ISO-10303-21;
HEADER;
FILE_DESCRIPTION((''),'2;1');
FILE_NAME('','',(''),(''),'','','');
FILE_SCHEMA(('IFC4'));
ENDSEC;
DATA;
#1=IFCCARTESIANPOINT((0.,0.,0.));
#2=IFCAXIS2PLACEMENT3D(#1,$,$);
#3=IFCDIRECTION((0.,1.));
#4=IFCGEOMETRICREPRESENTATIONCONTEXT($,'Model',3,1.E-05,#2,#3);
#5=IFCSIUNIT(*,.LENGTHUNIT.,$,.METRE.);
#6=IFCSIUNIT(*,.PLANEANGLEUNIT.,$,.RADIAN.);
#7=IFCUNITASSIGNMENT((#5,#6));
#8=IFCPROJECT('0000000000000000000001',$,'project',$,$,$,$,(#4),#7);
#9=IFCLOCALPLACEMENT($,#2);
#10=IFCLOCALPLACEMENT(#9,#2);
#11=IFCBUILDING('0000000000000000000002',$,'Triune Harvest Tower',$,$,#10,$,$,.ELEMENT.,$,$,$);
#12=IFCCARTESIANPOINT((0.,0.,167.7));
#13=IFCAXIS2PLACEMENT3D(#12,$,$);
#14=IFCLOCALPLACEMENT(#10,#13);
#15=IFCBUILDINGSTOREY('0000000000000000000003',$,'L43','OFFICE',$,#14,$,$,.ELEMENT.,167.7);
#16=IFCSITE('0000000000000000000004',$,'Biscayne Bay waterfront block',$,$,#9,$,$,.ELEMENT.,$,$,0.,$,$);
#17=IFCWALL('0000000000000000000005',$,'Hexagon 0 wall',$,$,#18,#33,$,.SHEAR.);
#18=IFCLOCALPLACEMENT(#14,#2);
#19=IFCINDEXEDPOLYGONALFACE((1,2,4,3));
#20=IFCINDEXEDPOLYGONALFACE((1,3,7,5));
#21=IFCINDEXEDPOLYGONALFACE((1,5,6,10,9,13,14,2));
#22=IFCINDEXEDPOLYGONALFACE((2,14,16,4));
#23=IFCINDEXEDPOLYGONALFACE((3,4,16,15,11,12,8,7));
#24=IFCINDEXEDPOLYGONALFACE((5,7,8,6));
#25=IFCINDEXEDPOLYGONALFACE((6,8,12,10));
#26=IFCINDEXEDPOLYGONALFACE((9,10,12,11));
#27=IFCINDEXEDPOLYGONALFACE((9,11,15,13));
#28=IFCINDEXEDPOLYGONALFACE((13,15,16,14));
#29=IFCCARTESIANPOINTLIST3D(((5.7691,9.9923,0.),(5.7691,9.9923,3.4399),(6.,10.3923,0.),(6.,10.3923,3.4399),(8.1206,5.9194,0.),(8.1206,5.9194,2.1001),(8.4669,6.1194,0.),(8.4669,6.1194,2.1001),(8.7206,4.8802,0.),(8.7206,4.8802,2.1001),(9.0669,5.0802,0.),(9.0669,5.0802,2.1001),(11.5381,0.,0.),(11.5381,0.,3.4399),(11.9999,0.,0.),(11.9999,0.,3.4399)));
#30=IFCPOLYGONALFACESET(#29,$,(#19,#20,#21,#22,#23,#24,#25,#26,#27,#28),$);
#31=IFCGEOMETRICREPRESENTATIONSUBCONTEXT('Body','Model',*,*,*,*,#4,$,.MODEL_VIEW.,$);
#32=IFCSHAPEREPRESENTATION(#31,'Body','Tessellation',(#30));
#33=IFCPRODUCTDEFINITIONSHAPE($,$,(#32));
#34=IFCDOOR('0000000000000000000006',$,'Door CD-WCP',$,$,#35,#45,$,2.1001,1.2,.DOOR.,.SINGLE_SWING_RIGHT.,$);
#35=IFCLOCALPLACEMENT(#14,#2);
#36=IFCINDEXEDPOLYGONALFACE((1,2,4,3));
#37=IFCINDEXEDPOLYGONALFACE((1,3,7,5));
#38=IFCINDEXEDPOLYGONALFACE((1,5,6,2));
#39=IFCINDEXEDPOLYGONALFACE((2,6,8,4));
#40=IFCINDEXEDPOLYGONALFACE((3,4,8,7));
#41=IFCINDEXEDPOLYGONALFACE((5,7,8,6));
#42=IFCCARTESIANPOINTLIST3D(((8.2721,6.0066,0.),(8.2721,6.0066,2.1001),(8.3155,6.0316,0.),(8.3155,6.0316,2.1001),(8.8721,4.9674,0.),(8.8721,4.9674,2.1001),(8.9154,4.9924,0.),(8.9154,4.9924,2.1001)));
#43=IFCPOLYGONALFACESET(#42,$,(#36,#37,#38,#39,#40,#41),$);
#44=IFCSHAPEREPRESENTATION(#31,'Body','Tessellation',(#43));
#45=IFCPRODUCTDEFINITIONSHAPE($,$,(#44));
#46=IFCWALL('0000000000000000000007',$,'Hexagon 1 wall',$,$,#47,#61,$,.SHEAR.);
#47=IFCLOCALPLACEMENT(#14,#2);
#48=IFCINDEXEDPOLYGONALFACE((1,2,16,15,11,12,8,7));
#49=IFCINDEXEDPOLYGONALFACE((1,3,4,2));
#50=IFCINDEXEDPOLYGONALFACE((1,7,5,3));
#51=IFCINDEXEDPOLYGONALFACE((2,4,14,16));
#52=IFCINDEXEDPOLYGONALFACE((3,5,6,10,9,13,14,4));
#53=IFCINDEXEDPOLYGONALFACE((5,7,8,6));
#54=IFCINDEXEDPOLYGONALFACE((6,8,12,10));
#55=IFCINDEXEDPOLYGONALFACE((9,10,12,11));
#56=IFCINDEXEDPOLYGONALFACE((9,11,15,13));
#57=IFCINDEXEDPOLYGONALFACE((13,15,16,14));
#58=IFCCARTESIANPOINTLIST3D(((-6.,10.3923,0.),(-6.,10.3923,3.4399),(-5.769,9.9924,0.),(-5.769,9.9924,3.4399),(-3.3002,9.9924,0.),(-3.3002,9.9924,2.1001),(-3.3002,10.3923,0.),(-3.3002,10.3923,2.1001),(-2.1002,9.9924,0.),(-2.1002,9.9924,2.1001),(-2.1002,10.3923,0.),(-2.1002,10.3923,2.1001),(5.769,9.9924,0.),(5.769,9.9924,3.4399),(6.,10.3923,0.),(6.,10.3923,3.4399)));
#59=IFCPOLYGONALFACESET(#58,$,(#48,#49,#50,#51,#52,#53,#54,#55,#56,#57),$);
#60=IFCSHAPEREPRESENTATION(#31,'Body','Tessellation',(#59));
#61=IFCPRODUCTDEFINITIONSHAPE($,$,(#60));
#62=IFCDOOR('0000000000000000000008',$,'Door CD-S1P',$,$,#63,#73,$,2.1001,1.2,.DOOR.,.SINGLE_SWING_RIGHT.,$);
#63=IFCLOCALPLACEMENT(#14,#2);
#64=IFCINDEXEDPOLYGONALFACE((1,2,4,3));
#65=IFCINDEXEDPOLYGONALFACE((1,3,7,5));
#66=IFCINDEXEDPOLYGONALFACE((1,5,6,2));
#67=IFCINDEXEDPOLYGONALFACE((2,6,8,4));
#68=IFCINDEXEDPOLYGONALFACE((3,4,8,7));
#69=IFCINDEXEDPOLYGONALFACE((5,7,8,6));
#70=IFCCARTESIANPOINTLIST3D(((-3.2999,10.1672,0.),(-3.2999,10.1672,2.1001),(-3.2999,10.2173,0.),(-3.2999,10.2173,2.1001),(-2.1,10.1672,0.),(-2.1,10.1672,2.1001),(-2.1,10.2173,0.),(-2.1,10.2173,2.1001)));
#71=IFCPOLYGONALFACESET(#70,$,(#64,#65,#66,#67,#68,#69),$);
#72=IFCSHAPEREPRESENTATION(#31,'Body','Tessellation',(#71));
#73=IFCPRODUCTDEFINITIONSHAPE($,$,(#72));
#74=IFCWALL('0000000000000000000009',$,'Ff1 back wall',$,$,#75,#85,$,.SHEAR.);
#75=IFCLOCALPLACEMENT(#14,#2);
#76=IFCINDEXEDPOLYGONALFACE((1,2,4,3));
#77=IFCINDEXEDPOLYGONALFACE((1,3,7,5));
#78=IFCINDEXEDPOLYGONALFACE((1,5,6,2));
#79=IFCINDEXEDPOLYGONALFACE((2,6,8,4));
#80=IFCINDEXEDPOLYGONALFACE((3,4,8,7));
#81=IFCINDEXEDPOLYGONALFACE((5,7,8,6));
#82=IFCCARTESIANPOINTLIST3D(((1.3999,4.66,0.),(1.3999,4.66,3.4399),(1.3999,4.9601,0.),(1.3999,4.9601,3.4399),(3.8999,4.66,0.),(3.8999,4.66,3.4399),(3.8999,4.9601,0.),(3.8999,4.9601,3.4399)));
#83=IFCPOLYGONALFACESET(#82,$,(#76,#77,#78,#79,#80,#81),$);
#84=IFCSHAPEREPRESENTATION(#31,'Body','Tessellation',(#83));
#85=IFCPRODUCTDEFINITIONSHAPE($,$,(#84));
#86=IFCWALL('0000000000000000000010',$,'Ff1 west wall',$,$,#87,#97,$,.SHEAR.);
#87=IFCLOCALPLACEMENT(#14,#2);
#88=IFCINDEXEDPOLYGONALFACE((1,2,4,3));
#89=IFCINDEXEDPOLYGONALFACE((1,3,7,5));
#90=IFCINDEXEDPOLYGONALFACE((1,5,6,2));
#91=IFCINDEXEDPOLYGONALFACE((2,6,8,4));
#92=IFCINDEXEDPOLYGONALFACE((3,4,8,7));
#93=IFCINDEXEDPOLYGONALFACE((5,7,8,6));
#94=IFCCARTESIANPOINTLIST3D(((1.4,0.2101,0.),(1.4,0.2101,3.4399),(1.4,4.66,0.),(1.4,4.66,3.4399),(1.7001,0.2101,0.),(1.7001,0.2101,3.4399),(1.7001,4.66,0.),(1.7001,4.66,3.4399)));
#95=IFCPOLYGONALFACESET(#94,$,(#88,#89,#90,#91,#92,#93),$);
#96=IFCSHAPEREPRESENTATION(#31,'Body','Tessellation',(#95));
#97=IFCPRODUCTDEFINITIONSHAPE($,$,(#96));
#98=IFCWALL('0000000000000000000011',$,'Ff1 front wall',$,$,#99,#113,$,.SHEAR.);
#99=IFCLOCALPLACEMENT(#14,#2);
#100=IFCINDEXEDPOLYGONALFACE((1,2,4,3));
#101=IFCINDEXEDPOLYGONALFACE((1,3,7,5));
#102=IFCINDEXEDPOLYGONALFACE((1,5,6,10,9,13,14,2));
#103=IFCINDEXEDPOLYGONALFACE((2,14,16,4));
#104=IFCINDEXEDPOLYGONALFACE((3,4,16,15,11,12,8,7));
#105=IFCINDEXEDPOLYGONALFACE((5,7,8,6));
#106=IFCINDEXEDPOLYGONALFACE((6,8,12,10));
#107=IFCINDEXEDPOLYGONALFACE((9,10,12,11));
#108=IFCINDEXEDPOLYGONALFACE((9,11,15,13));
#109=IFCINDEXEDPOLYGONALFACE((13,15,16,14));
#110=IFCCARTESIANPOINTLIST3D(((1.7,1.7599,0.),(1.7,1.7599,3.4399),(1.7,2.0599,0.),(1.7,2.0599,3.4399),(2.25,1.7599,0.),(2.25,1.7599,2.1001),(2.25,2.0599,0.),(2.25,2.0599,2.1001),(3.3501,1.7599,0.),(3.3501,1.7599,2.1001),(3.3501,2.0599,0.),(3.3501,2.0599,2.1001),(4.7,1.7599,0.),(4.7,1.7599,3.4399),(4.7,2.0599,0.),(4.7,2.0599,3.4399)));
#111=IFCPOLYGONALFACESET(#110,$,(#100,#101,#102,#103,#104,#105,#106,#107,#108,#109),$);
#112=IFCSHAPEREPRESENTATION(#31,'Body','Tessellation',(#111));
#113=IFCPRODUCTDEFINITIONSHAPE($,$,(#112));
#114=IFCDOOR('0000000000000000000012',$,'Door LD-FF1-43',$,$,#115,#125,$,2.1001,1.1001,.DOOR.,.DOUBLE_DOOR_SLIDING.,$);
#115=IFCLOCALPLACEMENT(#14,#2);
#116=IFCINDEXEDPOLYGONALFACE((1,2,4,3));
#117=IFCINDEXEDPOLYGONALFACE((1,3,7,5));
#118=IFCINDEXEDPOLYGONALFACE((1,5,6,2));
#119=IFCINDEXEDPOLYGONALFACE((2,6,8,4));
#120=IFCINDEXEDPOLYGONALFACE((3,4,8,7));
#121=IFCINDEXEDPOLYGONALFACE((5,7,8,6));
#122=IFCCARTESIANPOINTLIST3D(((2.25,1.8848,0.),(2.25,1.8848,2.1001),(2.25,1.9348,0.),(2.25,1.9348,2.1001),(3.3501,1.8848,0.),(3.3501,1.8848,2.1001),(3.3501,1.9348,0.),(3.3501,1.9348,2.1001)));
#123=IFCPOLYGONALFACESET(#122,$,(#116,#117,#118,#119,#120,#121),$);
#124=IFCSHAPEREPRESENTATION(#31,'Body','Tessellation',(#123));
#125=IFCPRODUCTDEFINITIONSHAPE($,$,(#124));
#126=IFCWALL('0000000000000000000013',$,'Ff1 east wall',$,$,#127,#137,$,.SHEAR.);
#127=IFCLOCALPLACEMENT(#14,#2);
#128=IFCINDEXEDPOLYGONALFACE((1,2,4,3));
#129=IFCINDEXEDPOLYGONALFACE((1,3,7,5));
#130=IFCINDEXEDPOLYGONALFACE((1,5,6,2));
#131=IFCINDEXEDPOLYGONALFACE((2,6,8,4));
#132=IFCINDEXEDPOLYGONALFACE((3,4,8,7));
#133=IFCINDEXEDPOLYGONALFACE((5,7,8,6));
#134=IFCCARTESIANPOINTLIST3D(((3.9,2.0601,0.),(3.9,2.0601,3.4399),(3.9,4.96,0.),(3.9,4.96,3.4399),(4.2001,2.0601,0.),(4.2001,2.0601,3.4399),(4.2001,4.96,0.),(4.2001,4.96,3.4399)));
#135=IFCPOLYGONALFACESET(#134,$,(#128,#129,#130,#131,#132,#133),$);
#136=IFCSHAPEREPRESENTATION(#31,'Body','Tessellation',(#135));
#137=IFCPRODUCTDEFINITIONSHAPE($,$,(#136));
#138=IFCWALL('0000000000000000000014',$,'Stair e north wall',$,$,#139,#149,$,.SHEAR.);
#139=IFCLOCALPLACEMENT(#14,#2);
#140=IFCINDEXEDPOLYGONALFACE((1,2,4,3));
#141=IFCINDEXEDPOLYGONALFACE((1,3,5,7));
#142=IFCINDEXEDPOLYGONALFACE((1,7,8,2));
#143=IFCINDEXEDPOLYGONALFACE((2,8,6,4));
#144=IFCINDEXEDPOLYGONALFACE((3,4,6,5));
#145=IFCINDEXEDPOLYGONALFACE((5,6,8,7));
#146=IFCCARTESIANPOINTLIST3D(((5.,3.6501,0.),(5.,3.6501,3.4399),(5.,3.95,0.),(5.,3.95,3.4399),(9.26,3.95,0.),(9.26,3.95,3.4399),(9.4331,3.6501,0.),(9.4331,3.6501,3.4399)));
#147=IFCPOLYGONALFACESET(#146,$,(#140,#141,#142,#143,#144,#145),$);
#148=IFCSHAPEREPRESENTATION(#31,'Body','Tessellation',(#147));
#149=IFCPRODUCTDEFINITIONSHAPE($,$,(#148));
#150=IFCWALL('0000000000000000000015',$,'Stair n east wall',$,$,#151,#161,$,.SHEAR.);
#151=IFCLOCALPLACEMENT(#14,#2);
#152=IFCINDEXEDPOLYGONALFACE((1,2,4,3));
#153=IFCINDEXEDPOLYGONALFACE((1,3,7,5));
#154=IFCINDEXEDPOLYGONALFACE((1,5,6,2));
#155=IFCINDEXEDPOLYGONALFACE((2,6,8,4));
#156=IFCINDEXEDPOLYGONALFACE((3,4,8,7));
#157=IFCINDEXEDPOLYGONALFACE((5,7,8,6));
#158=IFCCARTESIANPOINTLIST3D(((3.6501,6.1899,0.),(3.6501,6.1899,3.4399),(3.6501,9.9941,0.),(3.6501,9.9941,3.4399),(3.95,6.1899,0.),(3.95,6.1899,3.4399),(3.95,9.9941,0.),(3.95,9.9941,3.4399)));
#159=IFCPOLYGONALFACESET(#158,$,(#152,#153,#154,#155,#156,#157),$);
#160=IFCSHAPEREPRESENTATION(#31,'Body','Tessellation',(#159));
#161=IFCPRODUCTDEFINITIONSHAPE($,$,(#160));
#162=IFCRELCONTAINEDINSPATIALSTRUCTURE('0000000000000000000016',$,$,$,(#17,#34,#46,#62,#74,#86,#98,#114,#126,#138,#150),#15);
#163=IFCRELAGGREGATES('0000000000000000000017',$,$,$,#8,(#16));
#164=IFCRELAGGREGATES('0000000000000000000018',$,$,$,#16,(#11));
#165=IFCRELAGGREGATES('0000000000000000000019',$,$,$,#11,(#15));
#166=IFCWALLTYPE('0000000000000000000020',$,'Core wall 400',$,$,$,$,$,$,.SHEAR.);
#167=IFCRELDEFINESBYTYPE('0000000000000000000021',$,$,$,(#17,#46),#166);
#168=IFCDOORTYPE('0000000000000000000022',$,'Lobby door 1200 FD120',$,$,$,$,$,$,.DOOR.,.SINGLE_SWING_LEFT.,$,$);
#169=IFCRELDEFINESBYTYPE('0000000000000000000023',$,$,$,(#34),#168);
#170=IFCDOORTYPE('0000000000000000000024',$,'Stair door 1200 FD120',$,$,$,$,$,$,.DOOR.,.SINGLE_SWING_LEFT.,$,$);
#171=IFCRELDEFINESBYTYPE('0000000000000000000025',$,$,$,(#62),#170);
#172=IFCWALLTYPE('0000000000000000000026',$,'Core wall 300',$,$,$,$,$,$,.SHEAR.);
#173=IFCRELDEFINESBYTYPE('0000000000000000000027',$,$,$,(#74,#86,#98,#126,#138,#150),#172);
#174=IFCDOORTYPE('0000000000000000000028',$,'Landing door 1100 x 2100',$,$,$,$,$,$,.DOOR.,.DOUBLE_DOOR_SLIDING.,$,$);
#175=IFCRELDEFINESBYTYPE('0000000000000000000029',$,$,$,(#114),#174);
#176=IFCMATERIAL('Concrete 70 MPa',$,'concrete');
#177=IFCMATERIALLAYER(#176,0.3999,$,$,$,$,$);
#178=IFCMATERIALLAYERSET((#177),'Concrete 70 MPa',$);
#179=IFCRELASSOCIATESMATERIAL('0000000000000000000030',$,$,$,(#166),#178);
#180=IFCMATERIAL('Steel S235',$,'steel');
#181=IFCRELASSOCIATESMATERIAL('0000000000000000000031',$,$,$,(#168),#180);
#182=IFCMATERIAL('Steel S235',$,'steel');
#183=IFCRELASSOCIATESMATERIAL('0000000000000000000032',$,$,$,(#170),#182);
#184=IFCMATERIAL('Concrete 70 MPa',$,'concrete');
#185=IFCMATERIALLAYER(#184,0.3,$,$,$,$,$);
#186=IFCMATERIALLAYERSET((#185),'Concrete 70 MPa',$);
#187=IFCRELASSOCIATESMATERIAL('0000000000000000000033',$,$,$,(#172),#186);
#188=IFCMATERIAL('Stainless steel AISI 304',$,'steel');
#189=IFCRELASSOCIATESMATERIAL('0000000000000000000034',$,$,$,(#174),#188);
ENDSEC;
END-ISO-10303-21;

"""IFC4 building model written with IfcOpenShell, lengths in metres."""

from ifc_helpers import new_model, si_unit, direction, frame, frame_2d, origin, place, context, subcontext, project, spatial, polyline, rectangle, outline, extrude, source, transform, mapped, material, layer, layer_set, type_object, element, fill, save


model = new_model("IFC4")

# Units and contexts
model_context = context("Model", 3, precision=1e-05, world=origin(), true_north=direction((0.0, 1.0)))
body_context = subcontext(model_context, "Body", "Model", "MODEL_VIEW")
ifc_project = project(units=[si_unit("LENGTHUNIT", "METRE"), si_unit("PLANEANGLEUNIT", "RADIAN")], contexts=[model_context])

# Site, building, storey
site_placement = place(None, origin())
site = spatial("IfcSite", under=ifc_project, at=site_placement, Name="Biscayne Bay waterfront block", CompositionType="ELEMENT", RefElevation=0.0)
building_placement = place(site_placement, origin())
building = spatial("IfcBuilding", under=site, at=building_placement, Name="Triune Harvest Tower", CompositionType="ELEMENT")
storey_placement = place(building_placement, frame((0.0, 0.0, 167.7)))
storey = spatial("IfcBuildingStorey", under=building, at=storey_placement, Name="L43", Description="OFFICE", CompositionType="ELEMENT", Elevation=167.7)

# Walls, openings, doors
ifc_material_1 = material(Name="Concrete 70 MPa", Category="concrete")
ifc_layer_1 = layer(ifc_material_1, 0.3999)
ifc_layer_set_1 = layer_set([ifc_layer_1], Name="Concrete 70 MPa")
wall_type_1 = type_object("IfcWallType", Name="Core wall 400", PredefinedType="SHEAR", material=ifc_layer_set_1)
shared_shape_1 = source(origin(), body_context, "Body", "SweptSolid", [
    extrude(outline(polyline([(-0.1155, -0.2), (11.8845, -0.2), (11.6536, 0.2), (0.1155, 0.2), (-0.1155, -0.2)])), origin(), (0.0, 0.0, 1.0), 3.4399),
])
wall_1_placement = place(storey_placement, frame((11.769, 0.0, 0.0), z_axis=(0.0, 0.0, 1.0), x_axis=(-0.499997, 0.866027, 0.0)))
wall_1 = element("IfcWall", 1, at=wall_1_placement, inside=storey, type_object=wall_type_1, Name="Hexagon 0 wall", PredefinedType="SHEAR", context=body_context, shape_type="MappedRepresentation", body=[
    mapped(shared_shape_1, transform((0.0, 0.0, 0.0), scale=1.0)),
])
opening_1_placement = place(wall_1_placement, frame((5.7505, 0.0, 0.0)))
opening_1 = element("IfcOpeningElement", 2, at=opening_1_placement, cuts=wall_1, PredefinedType="OPENING", context=body_context, shape_type="SweptSolid", body=[
    extrude(rectangle(XDim=1.2, YDim=2.1001, at=frame_2d((0.6001, 1.05))), frame((0.0, 0.21, 0.0), z_axis=(0.0, -1.0, 0.0), x_axis=(1.0, 0.0, 0.0)), (0.0, 0.0, 1.0), 0.4199),
])
ifc_material_2 = material(Name="Steel S235", Category="steel")
door_type_1 = type_object("IfcDoorType", Name="Lobby door 1200 FD120", OperationType="SINGLE_SWING_LEFT", PredefinedType="DOOR", material=ifc_material_2)
door_1_placement = place(opening_1_placement, frame((1.2, 0.0, 0.0), z_axis=(0.0, 0.0, 1.0), x_axis=(-1.0, 0.0, 0.0)))
door_1 = element("IfcDoor", 3, at=door_1_placement, inside=storey, type_object=door_type_1, Name="Door CD-WCP", OperationType="SINGLE_SWING_RIGHT", OverallHeight=2.1001, OverallWidth=1.2, PredefinedType="DOOR", context=body_context, shape_type="SweptSolid", body=[
    extrude(rectangle(XDim=1.2, YDim=2.1001, at=frame_2d((0.6001, 1.05))), frame((0.0, 0.0249, 0.0), z_axis=(0.0, -1.0, 0.0), x_axis=(1.0, 0.0, 0.0)), (0.0, 0.0, 1.0), 0.05),
])
fill(opening_1, door_1)
wall_2_placement = place(storey_placement, frame((5.8845, 10.1924, 0.0), z_axis=(0.0, 0.0, 1.0), x_axis=(-1.0, 0.0, 0.0)))
wall_2 = element("IfcWall", 4, at=wall_2_placement, inside=storey, type_object=wall_type_1, Name="Hexagon 1 wall", PredefinedType="SHEAR", context=body_context, shape_type="MappedRepresentation", body=[
    mapped(shared_shape_1, transform((0.0, 0.0, 0.0), scale=1.0)),
])
opening_2_placement = place(wall_2_placement, frame((7.9846, 0.0, 0.0)))
opening_2 = element("IfcOpeningElement", 5, at=opening_2_placement, cuts=wall_2, PredefinedType="OPENING", context=body_context, shape_type="SweptSolid", body=[
    extrude(rectangle(XDim=1.2, YDim=2.1001, at=frame_2d((0.6001, 1.05))), frame((0.0, 0.21, 0.0), z_axis=(0.0, -1.0, 0.0), x_axis=(1.0, 0.0, 0.0)), (0.0, 0.0, 1.0), 0.4199),
])
ifc_material_3 = material(Name="Steel S235", Category="steel")
door_type_2 = type_object("IfcDoorType", Name="Stair door 1200 FD120", OperationType="SINGLE_SWING_LEFT", PredefinedType="DOOR", material=ifc_material_3)
door_2_placement = place(opening_2_placement, frame((1.2, 0.0, 0.0), z_axis=(0.0, 0.0, 1.0), x_axis=(-1.0, 0.0, 0.0)))
door_2 = element("IfcDoor", 6, at=door_2_placement, inside=storey, type_object=door_type_2, Name="Door CD-S1P", OperationType="SINGLE_SWING_RIGHT", OverallHeight=2.1001, OverallWidth=1.2, PredefinedType="DOOR", context=body_context, shape_type="SweptSolid", body=[
    extrude(rectangle(XDim=1.2, YDim=2.1001, at=frame_2d((0.6001, 1.05))), frame((0.0, 0.0249, 0.0), z_axis=(0.0, -1.0, 0.0), x_axis=(1.0, 0.0, 0.0)), (0.0, 0.0, 1.0), 0.05),
])
fill(opening_2, door_2)

# Walls
ifc_material_4 = material(Name="Concrete 70 MPa", Category="concrete")
ifc_layer_2 = layer(ifc_material_4, 0.3)
ifc_layer_set_2 = layer_set([ifc_layer_2], Name="Concrete 70 MPa")
wall_type_2 = type_object("IfcWallType", Name="Core wall 300", PredefinedType="SHEAR", material=ifc_layer_set_2)
shared_shape_2 = source(origin(), body_context, "Body", "SweptSolid", [
    extrude(rectangle(XDim=2.5, YDim=0.3, at=frame_2d((1.25, 0.0))), origin(), (0.0, 0.0, 1.0), 3.4399),
])
wall_3_placement = place(storey_placement, frame((1.3999, 4.8101, 0.0), z_axis=(0.0, 0.0, 1.0), x_axis=(1.0, 0.0, 0.0)))
element("IfcWall", 7, at=wall_3_placement, inside=storey, type_object=wall_type_2, Name="Ff1 back wall", PredefinedType="SHEAR", context=body_context, shape_type="MappedRepresentation", body=[
    mapped(shared_shape_2, transform((0.0, 0.0, 0.0), scale=1.0)),
])
shared_shape_3 = source(origin(), body_context, "Body", "SweptSolid", [
    extrude(rectangle(XDim=4.45, YDim=0.3, at=frame_2d((2.2251, 0.0))), origin(), (0.0, 0.0, 1.0), 3.4399),
])
wall_4_placement = place(storey_placement, frame((1.55, 0.21, 0.0), z_axis=(0.0, 0.0, 1.0), x_axis=(0.0, 1.0, 0.0)))
element("IfcWall", 8, at=wall_4_placement, inside=storey, type_object=wall_type_2, Name="Ff1 west wall", PredefinedType="SHEAR", context=body_context, shape_type="MappedRepresentation", body=[
    mapped(shared_shape_3, transform((0.0, 0.0, 0.0), scale=1.0)),
])

# Wall, opening, door
shared_shape_4 = source(origin(), body_context, "Body", "SweptSolid", [
    extrude(rectangle(XDim=3.0, YDim=0.3, at=frame_2d((1.5, 0.0))), origin(), (0.0, 0.0, 1.0), 3.4399),
])
wall_5_placement = place(storey_placement, frame((1.7, 1.9099, 0.0), z_axis=(0.0, 0.0, 1.0), x_axis=(1.0, 0.0, 0.0)))
wall_5 = element("IfcWall", 9, at=wall_5_placement, inside=storey, type_object=wall_type_2, Name="Ff1 front wall", PredefinedType="SHEAR", context=body_context, shape_type="MappedRepresentation", body=[
    mapped(shared_shape_4, transform((0.0, 0.0, 0.0), scale=1.0)),
])
opening_3_placement = place(wall_5_placement, frame((0.55, 0.0, 0.0)))
opening_3 = element("IfcOpeningElement", 10, at=opening_3_placement, cuts=wall_5, PredefinedType="OPENING", context=body_context, shape_type="SweptSolid", body=[
    extrude(rectangle(XDim=1.1001, YDim=2.1001, at=frame_2d((0.55, 1.05))), frame((0.0, 0.1602, 0.0), z_axis=(0.0, -1.0, 0.0), x_axis=(1.0, 0.0, 0.0)), (0.0, 0.0, 1.0), 0.3201),
])
ifc_material_5 = material(Name="Stainless steel AISI 304", Category="steel")
door_type_3 = type_object("IfcDoorType", Name="Landing door 1100 x 2100", OperationType="DOUBLE_DOOR_SLIDING", PredefinedType="DOOR", material=ifc_material_5)
door_3_placement = place(opening_3_placement, origin())
door_3 = element("IfcDoor", 11, at=door_3_placement, inside=storey, type_object=door_type_3, Name="Door LD-FF1-43", OperationType="DOUBLE_DOOR_SLIDING", OverallHeight=2.1001, OverallWidth=1.1001, PredefinedType="DOOR", context=body_context, shape_type="SweptSolid", body=[
    extrude(rectangle(XDim=1.1001, YDim=2.1001, at=frame_2d((0.55, 1.05))), frame((0.0, 0.0249, 0.0), z_axis=(0.0, -1.0, 0.0), x_axis=(1.0, 0.0, 0.0)), (0.0, 0.0, 1.0), 0.05),
])
fill(opening_3, door_3)

# Walls
shared_shape_5 = source(origin(), body_context, "Body", "SweptSolid", [
    extrude(rectangle(XDim=2.8999, YDim=0.3, at=frame_2d((1.45, 0.0))), origin(), (0.0, 0.0, 1.0), 3.4399),
])
wall_6_placement = place(storey_placement, frame((4.05, 2.0601, 0.0), z_axis=(0.0, 0.0, 1.0), x_axis=(0.0, 1.0, 0.0)))
element("IfcWall", 12, at=wall_6_placement, inside=storey, type_object=wall_type_2, Name="Ff1 east wall", PredefinedType="SHEAR", context=body_context, shape_type="MappedRepresentation", body=[
    mapped(shared_shape_5, transform((0.0, 0.0, 0.0), scale=1.0)),
])
shared_shape_6 = source(origin(), body_context, "Body", "SweptSolid", [
    extrude(outline(polyline([(0.0, -0.1499), (0.0, 0.1499), (4.26, 0.1499), (4.4331, -0.1499), (0.0, -0.1499)])), origin(), (0.0, 0.0, 1.0), 3.4399),
])
wall_7_placement = place(storey_placement, frame((5.0, 3.8, 0.0), z_axis=(0.0, 0.0, 1.0), x_axis=(1.0, 0.0, 0.0)))
element("IfcWall", 13, at=wall_7_placement, inside=storey, type_object=wall_type_2, Name="Stair e north wall", PredefinedType="SHEAR", context=body_context, shape_type="MappedRepresentation", body=[
    mapped(shared_shape_6, transform((0.0, 0.0, 0.0), scale=1.0)),
])
shared_shape_7 = source(origin(), body_context, "Body", "SweptSolid", [
    extrude(outline(polyline([(0.0, -0.1499), (0.0, 0.1499), (3.8042, 0.1499), (3.8042, -0.1499), (0.0, -0.1499)])), origin(), (0.0, 0.0, 1.0), 3.4399),
])
wall_8_placement = place(storey_placement, frame((3.8, 6.1899, 0.0), z_axis=(0.0, 0.0, 1.0), x_axis=(0.0, 1.0, 0.0)))
element("IfcWall", 14, at=wall_8_placement, inside=storey, type_object=wall_type_2, Name="Stair n east wall", PredefinedType="SHEAR", context=body_context, shape_type="MappedRepresentation", body=[
    mapped(shared_shape_7, transform((0.0, 0.0, 0.0), scale=1.0)),
])

save(model, "model.ifc")
